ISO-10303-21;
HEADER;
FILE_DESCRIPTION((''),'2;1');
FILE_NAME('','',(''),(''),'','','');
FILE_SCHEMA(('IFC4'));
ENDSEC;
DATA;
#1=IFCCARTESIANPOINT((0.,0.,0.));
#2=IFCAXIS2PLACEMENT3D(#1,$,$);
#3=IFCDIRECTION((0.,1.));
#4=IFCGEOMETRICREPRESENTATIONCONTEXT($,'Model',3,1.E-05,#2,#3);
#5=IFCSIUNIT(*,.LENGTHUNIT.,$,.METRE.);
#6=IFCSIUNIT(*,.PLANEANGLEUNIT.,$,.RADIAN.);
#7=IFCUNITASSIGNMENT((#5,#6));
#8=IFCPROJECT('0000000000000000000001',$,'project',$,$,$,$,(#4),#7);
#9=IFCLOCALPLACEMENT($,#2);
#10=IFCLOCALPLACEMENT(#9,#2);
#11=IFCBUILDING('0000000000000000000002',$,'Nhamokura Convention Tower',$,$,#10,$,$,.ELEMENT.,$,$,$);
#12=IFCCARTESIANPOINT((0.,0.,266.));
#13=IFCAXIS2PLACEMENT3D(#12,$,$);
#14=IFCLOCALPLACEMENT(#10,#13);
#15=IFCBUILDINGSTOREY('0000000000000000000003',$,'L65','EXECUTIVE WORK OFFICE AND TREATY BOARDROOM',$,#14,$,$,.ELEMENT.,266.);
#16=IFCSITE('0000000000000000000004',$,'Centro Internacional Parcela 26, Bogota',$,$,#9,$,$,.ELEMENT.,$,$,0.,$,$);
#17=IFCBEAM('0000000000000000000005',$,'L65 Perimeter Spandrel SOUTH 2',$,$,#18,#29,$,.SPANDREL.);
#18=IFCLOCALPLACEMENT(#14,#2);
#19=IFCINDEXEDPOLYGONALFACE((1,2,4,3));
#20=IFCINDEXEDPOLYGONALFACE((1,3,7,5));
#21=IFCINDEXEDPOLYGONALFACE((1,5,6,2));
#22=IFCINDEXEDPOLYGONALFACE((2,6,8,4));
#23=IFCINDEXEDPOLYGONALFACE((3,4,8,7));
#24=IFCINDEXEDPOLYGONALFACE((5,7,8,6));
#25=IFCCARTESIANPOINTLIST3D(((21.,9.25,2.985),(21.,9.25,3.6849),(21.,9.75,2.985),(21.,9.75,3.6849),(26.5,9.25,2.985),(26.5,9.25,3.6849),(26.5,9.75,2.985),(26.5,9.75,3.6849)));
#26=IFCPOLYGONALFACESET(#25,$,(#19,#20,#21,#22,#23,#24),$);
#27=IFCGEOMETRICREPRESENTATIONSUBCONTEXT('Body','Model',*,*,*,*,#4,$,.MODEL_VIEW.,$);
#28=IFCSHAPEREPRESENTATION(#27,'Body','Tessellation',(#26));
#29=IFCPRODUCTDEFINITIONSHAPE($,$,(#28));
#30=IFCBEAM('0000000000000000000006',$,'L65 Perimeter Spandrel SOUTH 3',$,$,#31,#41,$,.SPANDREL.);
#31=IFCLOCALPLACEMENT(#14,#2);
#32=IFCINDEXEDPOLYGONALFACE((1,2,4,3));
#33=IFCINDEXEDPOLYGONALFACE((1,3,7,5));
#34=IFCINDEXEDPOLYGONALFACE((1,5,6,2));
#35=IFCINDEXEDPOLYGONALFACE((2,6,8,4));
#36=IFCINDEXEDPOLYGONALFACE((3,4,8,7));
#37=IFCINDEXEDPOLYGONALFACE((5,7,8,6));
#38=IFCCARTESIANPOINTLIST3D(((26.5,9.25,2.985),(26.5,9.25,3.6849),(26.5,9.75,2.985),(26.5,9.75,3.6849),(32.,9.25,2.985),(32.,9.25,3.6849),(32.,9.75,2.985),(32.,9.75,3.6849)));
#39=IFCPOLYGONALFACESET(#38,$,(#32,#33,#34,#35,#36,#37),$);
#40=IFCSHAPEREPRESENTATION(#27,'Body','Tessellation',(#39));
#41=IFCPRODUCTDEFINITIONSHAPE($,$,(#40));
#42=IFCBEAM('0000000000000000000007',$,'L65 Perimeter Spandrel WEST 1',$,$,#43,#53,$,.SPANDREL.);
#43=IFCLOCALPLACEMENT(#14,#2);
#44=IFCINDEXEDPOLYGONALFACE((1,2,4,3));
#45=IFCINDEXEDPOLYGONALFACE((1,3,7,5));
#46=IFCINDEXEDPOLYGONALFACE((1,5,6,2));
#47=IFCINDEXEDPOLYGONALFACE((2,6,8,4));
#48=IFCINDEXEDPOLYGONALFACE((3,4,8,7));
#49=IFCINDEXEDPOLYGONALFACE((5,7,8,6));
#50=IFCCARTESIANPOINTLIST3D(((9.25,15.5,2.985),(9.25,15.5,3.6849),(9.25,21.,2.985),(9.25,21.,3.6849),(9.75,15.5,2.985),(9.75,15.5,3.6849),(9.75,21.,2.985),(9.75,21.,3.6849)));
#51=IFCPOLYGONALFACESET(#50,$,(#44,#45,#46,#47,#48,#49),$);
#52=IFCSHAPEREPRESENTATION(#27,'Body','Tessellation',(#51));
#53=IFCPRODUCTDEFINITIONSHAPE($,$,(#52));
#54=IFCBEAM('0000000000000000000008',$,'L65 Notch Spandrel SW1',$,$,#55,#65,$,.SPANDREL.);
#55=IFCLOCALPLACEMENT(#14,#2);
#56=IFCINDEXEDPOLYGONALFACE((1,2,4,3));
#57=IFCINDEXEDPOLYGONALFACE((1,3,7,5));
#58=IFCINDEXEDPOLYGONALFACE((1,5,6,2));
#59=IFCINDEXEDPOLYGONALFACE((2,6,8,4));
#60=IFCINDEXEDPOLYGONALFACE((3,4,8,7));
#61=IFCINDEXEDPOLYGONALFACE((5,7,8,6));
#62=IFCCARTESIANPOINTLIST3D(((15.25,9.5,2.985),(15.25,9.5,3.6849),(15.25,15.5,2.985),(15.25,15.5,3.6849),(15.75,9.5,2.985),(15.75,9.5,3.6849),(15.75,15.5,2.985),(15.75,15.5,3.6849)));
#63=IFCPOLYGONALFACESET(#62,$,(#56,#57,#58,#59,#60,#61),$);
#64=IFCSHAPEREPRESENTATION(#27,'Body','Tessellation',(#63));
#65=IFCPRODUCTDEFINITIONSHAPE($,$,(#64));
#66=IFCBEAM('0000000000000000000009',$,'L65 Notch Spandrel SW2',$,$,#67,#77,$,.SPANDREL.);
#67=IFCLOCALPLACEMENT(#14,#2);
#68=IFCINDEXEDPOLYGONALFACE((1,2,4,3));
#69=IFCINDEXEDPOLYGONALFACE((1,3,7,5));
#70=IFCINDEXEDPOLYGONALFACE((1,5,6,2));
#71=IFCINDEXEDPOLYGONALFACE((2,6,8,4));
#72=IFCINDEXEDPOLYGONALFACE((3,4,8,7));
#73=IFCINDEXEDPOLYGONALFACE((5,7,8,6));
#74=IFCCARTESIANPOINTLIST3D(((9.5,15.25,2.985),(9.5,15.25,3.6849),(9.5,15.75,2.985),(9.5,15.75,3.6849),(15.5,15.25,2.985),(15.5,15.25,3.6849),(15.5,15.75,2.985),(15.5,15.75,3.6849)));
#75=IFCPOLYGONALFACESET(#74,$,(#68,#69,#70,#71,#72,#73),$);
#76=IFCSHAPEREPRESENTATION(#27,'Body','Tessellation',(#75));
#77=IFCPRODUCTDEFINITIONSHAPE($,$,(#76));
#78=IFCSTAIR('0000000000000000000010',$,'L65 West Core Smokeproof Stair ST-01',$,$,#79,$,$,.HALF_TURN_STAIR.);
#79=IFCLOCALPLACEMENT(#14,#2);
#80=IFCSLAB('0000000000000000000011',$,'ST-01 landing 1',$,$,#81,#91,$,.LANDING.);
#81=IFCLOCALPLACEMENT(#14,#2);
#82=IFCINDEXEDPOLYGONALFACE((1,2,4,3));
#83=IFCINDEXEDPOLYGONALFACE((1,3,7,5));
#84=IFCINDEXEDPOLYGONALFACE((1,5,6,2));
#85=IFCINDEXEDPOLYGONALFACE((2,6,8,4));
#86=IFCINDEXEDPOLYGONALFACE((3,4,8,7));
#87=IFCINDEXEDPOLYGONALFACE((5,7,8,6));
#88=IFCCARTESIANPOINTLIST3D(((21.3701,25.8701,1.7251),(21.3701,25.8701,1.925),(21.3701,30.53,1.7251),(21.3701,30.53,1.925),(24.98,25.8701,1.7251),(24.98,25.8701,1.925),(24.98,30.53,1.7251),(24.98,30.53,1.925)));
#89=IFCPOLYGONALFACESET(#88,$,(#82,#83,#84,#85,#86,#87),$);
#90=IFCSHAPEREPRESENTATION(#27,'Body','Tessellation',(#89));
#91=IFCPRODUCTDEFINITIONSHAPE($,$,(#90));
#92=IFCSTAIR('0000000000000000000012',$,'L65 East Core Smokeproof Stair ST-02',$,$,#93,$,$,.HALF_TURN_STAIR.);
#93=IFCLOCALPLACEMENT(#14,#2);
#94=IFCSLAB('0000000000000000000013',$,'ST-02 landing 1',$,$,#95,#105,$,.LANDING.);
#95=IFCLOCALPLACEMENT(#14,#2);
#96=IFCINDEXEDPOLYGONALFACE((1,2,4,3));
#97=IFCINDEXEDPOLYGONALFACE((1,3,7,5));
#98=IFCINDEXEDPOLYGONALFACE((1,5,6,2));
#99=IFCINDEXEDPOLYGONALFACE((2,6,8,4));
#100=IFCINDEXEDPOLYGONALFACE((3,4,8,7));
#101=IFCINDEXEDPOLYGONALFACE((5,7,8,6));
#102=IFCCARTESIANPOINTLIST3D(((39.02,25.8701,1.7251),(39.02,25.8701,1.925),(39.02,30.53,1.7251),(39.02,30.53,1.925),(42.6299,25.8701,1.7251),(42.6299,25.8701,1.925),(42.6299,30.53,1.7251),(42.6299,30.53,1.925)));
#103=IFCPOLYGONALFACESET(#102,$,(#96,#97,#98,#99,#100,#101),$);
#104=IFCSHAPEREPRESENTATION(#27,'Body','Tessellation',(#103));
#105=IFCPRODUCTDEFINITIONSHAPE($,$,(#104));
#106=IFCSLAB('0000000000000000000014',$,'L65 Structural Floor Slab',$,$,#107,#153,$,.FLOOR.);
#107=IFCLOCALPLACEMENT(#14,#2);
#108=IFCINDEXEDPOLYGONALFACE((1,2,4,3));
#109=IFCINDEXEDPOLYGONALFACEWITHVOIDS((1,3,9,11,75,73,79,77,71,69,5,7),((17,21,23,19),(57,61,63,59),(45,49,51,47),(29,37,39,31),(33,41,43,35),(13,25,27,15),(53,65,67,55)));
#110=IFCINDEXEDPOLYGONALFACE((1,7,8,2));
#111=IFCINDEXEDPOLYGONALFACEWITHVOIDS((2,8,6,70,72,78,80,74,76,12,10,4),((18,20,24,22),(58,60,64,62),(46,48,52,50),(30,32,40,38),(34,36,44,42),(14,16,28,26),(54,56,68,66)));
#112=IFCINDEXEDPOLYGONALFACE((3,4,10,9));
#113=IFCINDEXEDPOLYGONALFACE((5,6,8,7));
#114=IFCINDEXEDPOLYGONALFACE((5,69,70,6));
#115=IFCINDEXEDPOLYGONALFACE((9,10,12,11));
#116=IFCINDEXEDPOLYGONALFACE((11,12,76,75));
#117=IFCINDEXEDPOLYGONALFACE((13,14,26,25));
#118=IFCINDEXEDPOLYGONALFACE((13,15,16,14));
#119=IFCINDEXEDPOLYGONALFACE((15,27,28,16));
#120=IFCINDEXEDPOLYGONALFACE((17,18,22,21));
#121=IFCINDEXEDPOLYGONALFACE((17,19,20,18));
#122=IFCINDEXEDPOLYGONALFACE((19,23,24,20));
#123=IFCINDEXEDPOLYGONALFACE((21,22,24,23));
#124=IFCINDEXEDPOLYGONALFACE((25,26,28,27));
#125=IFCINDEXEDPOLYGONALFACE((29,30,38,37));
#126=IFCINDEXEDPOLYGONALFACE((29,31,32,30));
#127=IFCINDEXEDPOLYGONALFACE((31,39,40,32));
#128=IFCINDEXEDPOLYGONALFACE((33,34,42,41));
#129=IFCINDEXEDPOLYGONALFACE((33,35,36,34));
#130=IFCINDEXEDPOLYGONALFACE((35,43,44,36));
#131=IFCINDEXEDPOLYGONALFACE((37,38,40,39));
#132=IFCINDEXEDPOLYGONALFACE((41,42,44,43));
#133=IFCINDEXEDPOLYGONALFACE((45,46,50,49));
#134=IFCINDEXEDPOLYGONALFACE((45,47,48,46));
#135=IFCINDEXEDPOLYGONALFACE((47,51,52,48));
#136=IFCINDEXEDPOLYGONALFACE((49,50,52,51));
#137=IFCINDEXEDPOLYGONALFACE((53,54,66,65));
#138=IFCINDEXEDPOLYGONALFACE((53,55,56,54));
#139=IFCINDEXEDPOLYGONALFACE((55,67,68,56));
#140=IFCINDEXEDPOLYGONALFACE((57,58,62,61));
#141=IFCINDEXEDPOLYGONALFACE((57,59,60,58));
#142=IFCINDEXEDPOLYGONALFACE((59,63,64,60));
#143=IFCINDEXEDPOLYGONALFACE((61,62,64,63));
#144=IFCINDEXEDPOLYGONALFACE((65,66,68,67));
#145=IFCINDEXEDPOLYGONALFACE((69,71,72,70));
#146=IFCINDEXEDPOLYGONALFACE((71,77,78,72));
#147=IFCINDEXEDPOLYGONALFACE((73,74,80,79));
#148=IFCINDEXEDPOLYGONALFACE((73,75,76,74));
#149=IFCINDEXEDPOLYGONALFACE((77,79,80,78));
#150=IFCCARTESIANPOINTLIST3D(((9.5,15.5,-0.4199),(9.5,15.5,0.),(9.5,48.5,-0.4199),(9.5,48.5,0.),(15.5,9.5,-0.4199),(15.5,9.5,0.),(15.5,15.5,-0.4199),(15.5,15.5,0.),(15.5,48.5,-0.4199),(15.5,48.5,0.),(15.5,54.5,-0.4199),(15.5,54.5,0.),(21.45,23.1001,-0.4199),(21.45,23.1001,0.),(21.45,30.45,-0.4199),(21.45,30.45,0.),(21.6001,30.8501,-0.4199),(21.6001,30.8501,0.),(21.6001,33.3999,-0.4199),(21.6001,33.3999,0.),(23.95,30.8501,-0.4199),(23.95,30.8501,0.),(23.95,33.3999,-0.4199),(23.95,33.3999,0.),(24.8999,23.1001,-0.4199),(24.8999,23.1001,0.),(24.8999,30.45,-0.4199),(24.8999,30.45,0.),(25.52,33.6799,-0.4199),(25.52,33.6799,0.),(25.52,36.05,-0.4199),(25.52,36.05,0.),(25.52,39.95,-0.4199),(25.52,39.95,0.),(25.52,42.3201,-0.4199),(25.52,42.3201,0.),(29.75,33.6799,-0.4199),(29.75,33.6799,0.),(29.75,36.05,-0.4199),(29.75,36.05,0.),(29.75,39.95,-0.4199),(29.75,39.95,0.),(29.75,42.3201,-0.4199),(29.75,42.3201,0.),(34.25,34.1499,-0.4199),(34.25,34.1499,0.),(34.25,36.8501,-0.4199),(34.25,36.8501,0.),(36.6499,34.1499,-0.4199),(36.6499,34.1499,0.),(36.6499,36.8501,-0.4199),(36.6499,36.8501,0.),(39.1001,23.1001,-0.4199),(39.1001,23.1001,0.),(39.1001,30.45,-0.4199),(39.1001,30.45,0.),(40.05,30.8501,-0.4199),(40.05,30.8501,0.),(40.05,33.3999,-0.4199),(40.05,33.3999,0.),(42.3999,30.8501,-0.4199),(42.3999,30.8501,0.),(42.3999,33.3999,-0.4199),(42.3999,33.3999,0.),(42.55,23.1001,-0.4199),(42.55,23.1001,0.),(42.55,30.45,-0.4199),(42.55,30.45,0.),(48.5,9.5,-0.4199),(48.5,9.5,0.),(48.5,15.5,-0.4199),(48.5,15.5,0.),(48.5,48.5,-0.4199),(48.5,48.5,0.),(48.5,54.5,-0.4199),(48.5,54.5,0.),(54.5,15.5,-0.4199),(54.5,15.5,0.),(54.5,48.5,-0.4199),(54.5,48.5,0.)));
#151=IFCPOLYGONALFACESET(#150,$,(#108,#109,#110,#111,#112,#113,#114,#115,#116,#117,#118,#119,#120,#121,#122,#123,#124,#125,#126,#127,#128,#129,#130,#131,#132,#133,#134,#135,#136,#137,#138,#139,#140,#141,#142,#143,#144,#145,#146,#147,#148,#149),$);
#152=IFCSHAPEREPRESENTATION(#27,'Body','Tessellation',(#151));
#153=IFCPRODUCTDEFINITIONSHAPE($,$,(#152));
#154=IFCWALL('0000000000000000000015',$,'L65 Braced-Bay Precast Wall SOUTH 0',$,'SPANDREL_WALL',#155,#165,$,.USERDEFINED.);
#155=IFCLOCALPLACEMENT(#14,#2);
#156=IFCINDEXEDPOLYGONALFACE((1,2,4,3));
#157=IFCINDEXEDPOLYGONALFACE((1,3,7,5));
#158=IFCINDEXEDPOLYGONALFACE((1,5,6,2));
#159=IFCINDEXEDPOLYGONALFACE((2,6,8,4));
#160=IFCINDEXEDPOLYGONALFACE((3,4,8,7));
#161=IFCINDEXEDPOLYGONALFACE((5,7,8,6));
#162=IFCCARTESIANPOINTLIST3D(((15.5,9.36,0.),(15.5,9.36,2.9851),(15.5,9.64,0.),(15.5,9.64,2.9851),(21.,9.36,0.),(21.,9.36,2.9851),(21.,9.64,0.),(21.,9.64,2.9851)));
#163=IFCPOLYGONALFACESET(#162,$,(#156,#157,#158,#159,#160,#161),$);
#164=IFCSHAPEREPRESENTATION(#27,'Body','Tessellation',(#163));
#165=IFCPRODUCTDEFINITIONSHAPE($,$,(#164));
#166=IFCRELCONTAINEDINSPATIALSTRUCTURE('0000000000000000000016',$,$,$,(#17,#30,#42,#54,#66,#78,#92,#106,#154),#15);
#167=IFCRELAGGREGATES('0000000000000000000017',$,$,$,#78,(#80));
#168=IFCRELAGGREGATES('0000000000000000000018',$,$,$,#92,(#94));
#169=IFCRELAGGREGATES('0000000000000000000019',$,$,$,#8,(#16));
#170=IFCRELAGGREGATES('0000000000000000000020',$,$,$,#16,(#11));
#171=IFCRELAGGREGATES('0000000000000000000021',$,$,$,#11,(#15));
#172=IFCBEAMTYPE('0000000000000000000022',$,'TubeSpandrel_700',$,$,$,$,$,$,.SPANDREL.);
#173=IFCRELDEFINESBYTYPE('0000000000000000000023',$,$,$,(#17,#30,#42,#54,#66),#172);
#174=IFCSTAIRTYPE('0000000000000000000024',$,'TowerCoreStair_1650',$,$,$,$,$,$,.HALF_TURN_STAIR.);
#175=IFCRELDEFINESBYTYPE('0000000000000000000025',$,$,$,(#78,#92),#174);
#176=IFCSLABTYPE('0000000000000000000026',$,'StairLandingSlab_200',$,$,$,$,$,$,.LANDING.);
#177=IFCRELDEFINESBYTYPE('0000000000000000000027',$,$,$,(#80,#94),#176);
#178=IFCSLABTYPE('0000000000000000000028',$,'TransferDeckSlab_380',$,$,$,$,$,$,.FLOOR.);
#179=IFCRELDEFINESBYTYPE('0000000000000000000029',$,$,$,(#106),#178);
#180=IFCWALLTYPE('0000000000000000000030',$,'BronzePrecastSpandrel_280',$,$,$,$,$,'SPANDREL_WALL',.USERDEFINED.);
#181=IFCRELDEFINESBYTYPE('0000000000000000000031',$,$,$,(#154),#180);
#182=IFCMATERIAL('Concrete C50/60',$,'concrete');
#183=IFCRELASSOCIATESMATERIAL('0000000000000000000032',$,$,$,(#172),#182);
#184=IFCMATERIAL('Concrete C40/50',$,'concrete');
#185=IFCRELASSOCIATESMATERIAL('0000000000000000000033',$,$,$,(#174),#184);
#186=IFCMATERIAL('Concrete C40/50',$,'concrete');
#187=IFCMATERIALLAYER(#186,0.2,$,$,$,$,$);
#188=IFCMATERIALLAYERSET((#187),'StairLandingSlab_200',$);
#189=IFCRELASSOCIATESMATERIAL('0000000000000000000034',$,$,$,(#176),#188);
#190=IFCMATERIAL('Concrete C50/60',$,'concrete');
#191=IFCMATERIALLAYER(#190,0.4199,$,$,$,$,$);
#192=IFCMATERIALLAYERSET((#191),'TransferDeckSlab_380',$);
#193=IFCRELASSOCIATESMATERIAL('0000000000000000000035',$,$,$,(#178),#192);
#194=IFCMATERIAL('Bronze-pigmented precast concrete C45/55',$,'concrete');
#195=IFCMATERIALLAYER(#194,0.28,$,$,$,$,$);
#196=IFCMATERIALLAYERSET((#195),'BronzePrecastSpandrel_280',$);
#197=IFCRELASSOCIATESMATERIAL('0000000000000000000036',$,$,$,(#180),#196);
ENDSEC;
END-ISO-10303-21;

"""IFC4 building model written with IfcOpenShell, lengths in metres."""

from ifc_helpers import new_model, si_unit, direction, frame, frame_2d, origin, origin_2d, place, context, subcontext, project, spatial, polyline, rectangle, outline, extrude, material, layer, layer_set, material_profile, profile_set, type_object, element, aggregate, save


model = new_model("IFC4")

# Units and contexts
model_context = context("Model", 3, precision=1e-05, world=origin(), true_north=direction((0.0, 1.0)))
body_context = subcontext(model_context, "Body", "Model", "MODEL_VIEW")
ifc_project = project(units=[si_unit("LENGTHUNIT", "METRE"), si_unit("PLANEANGLEUNIT", "RADIAN")], contexts=[model_context])

# Site, building, storey
site_placement = place(None, origin())
site = spatial("IfcSite", under=ifc_project, at=site_placement, Name="Centro Internacional Parcela 26, Bogota", CompositionType="ELEMENT", RefElevation=0.0)
building_placement = place(site_placement, origin())
building = spatial("IfcBuilding", under=site, at=building_placement, Name="Nhamokura Convention Tower", CompositionType="ELEMENT")
storey_placement = place(building_placement, frame((0.0, 0.0, 266.0)))
storey = spatial("IfcBuildingStorey", under=building, at=storey_placement, Name="L65", Description="EXECUTIVE WORK OFFICE AND TREATY BOARDROOM", CompositionType="ELEMENT", Elevation=266.0)

# Beams
ifc_material_1 = material(Name="Concrete C50/60", Category="concrete")
ifc_material_profile_1 = material_profile(ifc_material_1, rectangle(XDim=0.5, YDim=0.7, at=origin_2d()))
ifc_profile_set_1 = profile_set([ifc_material_profile_1], Name="Concrete C50/60")
beam_type_1 = type_object("IfcBeamType", Name="TubeSpandrel_700", PredefinedType="SPANDREL", material=ifc_profile_set_1)
for number, where, z_axis, x_axis, name in (
    (1, (21.0, 9.5, 3.335), (1.0, 0.0, 0.0), (0.0, 1.0, 0.0), "L65 Perimeter Spandrel SOUTH 2"),
    (2, (26.5, 9.5, 3.335), (1.0, 0.0, 0.0), (0.0, 1.0, 0.0), "L65 Perimeter Spandrel SOUTH 3"),
    (3, (9.5, 15.5, 3.335), (0.0, 1.0, 0.0), (-1.0, 0.0, 0.0), "L65 Perimeter Spandrel WEST 1"),
):
    element("IfcBeam", number, at=place(storey_placement, frame(where, z_axis=z_axis, x_axis=x_axis)), inside=storey, type_object=beam_type_1, Name=name, PredefinedType="SPANDREL", context=body_context, shape_type="SweptSolid", body=[
        extrude(rectangle(XDim=0.5, YDim=0.7, at=origin_2d()), origin(), (0.0, 0.0, 1.0), 5.5),
    ])
for number, where, z_axis, x_axis, name in (
    (4, (15.5, 9.5, 3.335), (0.0, 1.0, 0.0), (-1.0, 0.0, 0.0), "L65 Notch Spandrel SW1"),
    (5, (15.5, 15.5, 3.335), (-1.0, 0.0, 0.0), (0.0, -1.0, 0.0), "L65 Notch Spandrel SW2"),
):
    element("IfcBeam", number, at=place(storey_placement, frame(where, z_axis=z_axis, x_axis=x_axis)), inside=storey, type_object=beam_type_1, Name=name, PredefinedType="SPANDREL", context=body_context, shape_type="SweptSolid", body=[
        extrude(rectangle(XDim=0.5, YDim=0.7, at=origin_2d()), origin(), (0.0, 0.0, 1.0), 6.0),
    ])

# Stairs, slabs
ifc_material_2 = material(Name="Concrete C40/50", Category="concrete")
stair_type = type_object("IfcStairType", Name="TowerCoreStair_1650", PredefinedType="HALF_TURN_STAIR", material=ifc_material_2)
stair_1_placement = place(storey_placement, origin())
stair_1 = element("IfcStair", 6, at=stair_1_placement, inside=storey, type_object=stair_type, Name="L65 West Core Smokeproof Stair ST-01", PredefinedType="HALF_TURN_STAIR")
ifc_material_3 = material(Name="Concrete C40/50", Category="concrete")
ifc_layer_1 = layer(ifc_material_3, 0.2)
ifc_layer_set_1 = layer_set([ifc_layer_1], Name="StairLandingSlab_200")
slab_type_1 = type_object("IfcSlabType", Name="StairLandingSlab_200", PredefinedType="LANDING", material=ifc_layer_set_1)
slab_1_placement = place(storey_placement, frame((0.0, 0.0, 1.7251)))
slab_1 = element("IfcSlab", 7, at=slab_1_placement, type_object=slab_type_1, Name="ST-01 landing 1", PredefinedType="LANDING", context=body_context, shape_type="SweptSolid", body=[
    extrude(outline(polyline([(24.98, 25.8701), (24.98, 30.53), (21.3701, 30.53), (21.3701, 25.8701), (24.98, 25.8701)])), origin(), (0.0, 0.0, 1.0), 0.2),
])
aggregate(stair_1, [slab_1])
stair_2_placement = place(storey_placement, origin())
stair_2 = element("IfcStair", 8, at=stair_2_placement, inside=storey, type_object=stair_type, Name="L65 East Core Smokeproof Stair ST-02", PredefinedType="HALF_TURN_STAIR")
slab_2_placement = place(storey_placement, frame((0.0, 0.0, 1.7251)))
slab_2 = element("IfcSlab", 9, at=slab_2_placement, type_object=slab_type_1, Name="ST-02 landing 1", PredefinedType="LANDING", context=body_context, shape_type="SweptSolid", body=[
    extrude(outline(polyline([(42.6299, 25.8701), (42.6299, 30.53), (39.02, 30.53), (39.02, 25.8701), (42.6299, 25.8701)])), origin(), (0.0, 0.0, 1.0), 0.2),
])
aggregate(stair_2, [slab_2])

# Slab
ifc_material_4 = material(Name="Concrete C50/60", Category="concrete")
ifc_layer_2 = layer(ifc_material_4, 0.4199)
ifc_layer_set_2 = layer_set([ifc_layer_2], Name="TransferDeckSlab_380")
slab_type_2 = type_object("IfcSlabType", Name="TransferDeckSlab_380", PredefinedType="FLOOR", material=ifc_layer_set_2)
slab_3_placement = place(storey_placement, frame((0.0, 0.0, -0.4199)))
element("IfcSlab", 10, at=slab_3_placement, inside=storey, type_object=slab_type_2, Name="L65 Structural Floor Slab", PredefinedType="FLOOR", context=body_context, shape_type="SweptSolid", body=[
    extrude(outline(polyline([(15.5, 9.5), (48.5, 9.5), (48.5, 15.5), (54.5, 15.5), (54.5, 48.5), (48.5, 48.5), (48.5, 54.5), (15.5, 54.5), (15.5, 48.5), (9.5, 48.5), (9.5, 15.5), (15.5, 15.5), (15.5, 9.5)]), holes=[polyline([(24.8999, 23.1001), (24.8999, 30.45), (21.45, 30.45), (21.45, 23.1001), (24.8999, 23.1001)]), polyline([(42.55, 23.1001), (42.55, 30.45), (39.1001, 30.45), (39.1001, 23.1001), (42.55, 23.1001)]), polyline([(21.6001, 30.8501), (23.95, 30.8501), (23.95, 33.3999), (21.6001, 33.3999), (21.6001, 30.8501)]), polyline([(40.05, 30.8501), (42.3999, 30.8501), (42.3999, 33.3999), (40.05, 33.3999), (40.05, 30.8501)]), polyline([(34.25, 34.1499), (36.6499, 34.1499), (36.6499, 36.8501), (34.25, 36.8501), (34.25, 34.1499)]), polyline([(25.52, 33.6799), (29.75, 33.6799), (29.75, 36.05), (25.52, 36.05), (25.52, 33.6799)]), polyline([(25.52, 39.95), (29.75, 39.95), (29.75, 42.3201), (25.52, 42.3201), (25.52, 39.95)])]), origin(), (0.0, 0.0, 1.0), 0.4199),
])

# Wall
ifc_material_5 = material(Name="Bronze-pigmented precast concrete C45/55", Category="concrete")
ifc_layer_3 = layer(ifc_material_5, 0.28)
ifc_layer_set_3 = layer_set([ifc_layer_3], Name="BronzePrecastSpandrel_280")
wall_type_1 = type_object("IfcWallType", Name="BronzePrecastSpandrel_280", ElementType="SPANDREL_WALL", PredefinedType="USERDEFINED", material=ifc_layer_set_3)
wall_1_placement = place(storey_placement, frame((21.0, 9.5, 0.0), z_axis=(0.0, 0.0, 1.0), x_axis=(-1.0, 0.0, 0.0)))
element("IfcWall", 11, at=wall_1_placement, inside=storey, type_object=wall_type_1, Name="L65 Braced-Bay Precast Wall SOUTH 0", ObjectType="SPANDREL_WALL", PredefinedType="USERDEFINED", context=body_context, shape_type="SweptSolid", body=[
    extrude(rectangle(XDim=5.5, YDim=0.28, at=frame_2d((2.75, 0.0))), origin(), (0.0, 0.0, 1.0), 2.9851),
])

save(model, "model.ifc")
